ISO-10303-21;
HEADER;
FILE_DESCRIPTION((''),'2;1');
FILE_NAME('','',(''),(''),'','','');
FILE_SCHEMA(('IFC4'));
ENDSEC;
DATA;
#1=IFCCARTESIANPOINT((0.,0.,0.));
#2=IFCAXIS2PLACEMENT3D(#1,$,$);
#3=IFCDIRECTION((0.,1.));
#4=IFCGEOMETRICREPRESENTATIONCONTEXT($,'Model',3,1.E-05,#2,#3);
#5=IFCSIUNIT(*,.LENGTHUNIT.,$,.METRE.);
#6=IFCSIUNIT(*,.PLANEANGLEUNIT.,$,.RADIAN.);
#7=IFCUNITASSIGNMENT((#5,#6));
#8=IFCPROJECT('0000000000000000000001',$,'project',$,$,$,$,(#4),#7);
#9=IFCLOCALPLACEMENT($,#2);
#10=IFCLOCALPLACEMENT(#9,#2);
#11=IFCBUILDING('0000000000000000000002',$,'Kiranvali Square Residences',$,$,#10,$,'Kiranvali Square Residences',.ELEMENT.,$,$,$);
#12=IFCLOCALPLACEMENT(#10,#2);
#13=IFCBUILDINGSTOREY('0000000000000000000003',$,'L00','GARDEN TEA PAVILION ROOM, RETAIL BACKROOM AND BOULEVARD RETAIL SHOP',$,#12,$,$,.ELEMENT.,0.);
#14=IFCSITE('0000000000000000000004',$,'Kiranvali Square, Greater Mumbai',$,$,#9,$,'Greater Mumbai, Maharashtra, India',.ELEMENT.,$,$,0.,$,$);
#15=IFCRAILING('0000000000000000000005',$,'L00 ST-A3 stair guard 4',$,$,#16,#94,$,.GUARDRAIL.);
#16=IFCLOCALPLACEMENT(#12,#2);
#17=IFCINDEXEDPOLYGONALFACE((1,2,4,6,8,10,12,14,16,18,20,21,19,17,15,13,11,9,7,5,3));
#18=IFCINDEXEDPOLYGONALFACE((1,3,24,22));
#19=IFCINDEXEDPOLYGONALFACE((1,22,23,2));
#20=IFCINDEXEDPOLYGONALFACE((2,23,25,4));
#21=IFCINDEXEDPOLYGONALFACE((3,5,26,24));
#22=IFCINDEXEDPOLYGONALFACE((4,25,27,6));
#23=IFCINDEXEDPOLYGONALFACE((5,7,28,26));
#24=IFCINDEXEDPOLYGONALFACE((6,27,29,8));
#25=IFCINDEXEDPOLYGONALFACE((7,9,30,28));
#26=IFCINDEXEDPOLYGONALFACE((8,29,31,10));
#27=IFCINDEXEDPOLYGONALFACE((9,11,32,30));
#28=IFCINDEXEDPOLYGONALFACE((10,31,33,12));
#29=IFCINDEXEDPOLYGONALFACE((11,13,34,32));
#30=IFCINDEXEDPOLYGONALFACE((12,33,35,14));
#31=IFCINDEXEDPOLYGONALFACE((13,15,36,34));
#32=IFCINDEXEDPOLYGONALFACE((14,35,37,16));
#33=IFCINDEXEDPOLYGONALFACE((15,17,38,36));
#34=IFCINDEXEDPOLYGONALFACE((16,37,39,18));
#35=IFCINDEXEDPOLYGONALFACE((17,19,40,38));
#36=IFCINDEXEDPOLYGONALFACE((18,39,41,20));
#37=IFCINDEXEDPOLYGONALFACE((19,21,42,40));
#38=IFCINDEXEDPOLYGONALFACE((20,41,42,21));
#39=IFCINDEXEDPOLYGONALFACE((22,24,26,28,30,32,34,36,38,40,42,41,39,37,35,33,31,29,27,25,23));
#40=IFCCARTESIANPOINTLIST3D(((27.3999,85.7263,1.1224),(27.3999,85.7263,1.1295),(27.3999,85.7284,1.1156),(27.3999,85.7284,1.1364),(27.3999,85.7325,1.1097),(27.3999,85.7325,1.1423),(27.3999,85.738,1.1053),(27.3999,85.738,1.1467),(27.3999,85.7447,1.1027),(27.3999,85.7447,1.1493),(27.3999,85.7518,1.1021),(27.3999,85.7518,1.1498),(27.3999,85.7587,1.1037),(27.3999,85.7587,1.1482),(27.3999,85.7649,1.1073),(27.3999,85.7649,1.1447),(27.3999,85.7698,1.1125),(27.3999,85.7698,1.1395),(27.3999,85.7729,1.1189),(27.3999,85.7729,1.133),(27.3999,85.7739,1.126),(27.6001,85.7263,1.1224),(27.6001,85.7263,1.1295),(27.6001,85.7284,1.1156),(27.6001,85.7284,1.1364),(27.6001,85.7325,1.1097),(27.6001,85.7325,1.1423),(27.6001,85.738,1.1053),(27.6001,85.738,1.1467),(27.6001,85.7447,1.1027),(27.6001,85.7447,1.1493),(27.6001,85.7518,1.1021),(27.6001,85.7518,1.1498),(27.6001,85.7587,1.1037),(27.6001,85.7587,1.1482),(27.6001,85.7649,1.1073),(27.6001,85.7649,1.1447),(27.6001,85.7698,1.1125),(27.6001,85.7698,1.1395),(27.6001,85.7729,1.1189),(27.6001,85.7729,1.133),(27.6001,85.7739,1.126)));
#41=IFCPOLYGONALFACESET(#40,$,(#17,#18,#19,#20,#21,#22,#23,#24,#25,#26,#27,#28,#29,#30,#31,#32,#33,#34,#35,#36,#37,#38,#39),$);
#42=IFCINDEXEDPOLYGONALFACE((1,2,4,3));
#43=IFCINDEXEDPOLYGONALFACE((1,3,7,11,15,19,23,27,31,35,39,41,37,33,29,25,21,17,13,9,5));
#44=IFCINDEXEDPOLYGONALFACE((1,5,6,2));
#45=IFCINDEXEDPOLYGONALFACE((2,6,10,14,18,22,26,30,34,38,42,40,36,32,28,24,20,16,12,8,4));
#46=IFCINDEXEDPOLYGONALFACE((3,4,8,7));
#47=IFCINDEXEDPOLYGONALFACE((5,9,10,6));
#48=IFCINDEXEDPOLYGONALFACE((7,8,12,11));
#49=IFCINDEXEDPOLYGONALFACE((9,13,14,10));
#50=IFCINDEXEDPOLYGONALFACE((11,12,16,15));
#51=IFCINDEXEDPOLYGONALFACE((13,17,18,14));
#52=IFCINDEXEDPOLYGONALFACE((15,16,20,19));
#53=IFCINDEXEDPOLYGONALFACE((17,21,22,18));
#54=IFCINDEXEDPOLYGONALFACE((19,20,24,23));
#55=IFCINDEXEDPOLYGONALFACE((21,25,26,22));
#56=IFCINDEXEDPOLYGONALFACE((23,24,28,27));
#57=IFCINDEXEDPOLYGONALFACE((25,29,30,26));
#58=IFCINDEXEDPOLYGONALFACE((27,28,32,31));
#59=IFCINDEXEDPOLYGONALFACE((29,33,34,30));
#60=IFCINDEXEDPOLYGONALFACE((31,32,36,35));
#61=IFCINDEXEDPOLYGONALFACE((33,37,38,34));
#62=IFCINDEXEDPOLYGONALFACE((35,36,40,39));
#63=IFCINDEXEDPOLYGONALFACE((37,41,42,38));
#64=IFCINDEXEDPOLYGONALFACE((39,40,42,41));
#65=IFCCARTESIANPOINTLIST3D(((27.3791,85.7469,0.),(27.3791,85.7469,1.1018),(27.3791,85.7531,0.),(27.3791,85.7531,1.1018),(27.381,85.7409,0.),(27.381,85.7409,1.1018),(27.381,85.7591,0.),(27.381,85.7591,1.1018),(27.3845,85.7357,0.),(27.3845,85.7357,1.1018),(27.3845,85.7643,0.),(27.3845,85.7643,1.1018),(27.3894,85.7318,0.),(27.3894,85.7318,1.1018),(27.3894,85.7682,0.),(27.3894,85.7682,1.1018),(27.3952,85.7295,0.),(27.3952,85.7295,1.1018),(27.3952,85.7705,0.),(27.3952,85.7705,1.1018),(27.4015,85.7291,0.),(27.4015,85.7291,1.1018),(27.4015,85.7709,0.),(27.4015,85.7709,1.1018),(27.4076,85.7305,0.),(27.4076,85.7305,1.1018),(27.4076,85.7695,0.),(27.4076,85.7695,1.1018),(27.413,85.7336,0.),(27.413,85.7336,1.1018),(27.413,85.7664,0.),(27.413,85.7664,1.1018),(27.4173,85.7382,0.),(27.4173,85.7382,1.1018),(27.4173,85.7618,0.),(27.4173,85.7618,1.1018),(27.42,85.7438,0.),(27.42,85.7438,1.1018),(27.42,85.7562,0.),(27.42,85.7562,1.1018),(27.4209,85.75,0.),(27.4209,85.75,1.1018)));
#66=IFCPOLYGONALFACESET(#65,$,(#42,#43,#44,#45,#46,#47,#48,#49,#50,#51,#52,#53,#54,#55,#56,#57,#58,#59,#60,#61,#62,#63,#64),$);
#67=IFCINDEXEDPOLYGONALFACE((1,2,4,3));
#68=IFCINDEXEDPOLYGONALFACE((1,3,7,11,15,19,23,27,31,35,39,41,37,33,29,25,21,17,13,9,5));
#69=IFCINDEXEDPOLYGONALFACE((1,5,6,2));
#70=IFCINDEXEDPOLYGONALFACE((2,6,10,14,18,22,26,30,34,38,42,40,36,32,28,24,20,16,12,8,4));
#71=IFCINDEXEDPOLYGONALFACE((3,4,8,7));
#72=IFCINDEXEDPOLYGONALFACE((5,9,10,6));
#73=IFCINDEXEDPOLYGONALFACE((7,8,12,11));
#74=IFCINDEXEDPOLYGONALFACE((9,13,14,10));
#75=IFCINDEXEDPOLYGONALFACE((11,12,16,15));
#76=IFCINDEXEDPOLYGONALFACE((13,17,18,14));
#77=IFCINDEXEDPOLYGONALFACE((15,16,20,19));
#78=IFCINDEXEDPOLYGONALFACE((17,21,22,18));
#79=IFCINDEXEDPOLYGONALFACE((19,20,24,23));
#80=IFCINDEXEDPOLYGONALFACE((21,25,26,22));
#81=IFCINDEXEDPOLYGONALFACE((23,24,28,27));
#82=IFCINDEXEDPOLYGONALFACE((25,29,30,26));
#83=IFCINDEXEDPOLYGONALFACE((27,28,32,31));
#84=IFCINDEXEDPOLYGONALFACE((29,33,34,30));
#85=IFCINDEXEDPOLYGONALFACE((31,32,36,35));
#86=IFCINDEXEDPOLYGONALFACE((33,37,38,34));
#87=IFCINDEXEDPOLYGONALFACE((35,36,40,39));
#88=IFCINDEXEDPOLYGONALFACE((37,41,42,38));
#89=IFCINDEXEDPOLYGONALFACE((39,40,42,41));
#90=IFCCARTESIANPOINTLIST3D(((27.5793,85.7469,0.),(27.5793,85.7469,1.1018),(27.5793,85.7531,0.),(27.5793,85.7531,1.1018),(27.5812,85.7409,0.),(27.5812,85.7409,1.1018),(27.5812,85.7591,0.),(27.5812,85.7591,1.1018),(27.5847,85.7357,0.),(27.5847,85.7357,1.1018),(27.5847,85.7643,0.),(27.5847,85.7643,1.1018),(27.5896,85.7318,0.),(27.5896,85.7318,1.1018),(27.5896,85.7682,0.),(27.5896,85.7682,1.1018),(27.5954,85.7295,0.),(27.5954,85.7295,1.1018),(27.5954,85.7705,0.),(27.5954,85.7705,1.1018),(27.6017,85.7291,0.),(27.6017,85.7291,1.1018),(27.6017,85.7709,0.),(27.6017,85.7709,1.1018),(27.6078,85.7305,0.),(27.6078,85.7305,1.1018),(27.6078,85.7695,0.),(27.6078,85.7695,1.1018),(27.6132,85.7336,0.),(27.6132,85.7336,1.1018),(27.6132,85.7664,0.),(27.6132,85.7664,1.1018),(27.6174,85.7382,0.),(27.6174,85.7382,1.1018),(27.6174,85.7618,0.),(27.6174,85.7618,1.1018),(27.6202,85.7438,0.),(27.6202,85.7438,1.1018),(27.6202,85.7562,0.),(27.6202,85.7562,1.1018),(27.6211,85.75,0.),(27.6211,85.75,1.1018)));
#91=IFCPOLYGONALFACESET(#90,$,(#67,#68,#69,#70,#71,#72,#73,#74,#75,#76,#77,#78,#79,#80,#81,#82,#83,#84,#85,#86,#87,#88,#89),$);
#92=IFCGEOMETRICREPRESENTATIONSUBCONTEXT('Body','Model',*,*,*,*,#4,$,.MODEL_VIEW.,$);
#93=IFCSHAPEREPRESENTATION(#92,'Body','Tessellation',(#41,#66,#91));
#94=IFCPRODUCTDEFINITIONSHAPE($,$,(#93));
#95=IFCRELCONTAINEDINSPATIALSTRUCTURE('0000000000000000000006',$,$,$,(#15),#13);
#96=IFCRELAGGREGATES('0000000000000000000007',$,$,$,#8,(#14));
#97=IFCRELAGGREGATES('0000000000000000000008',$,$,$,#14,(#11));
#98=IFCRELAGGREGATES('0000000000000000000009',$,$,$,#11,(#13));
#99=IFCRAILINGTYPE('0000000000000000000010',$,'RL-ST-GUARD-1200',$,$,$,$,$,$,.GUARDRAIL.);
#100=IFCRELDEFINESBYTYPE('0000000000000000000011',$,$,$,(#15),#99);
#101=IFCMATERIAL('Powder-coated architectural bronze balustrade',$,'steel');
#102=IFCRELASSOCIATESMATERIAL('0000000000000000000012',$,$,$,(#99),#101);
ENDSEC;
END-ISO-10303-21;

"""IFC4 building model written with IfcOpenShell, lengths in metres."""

from ifc_helpers import new_model, si_unit, direction, frame, origin, origin_2d, place, context, subcontext, project, spatial, circle, extrude, material, type_object, element, save


model = new_model("IFC4")

# Units and contexts
model_context = context("Model", 3, precision=1e-05, world=origin(), true_north=direction((0.0, 1.0)))
body_context = subcontext(model_context, "Body", "Model", "MODEL_VIEW")
ifc_project = project(units=[si_unit("LENGTHUNIT", "METRE"), si_unit("PLANEANGLEUNIT", "RADIAN")], contexts=[model_context])

# Site, building, storey
site_placement = place(None, origin())
site = spatial("IfcSite", under=ifc_project, at=site_placement, Name="Kiranvali Square, Greater Mumbai", LongName="Greater Mumbai, Maharashtra, India", CompositionType="ELEMENT", RefElevation=0.0)
building_placement = place(site_placement, origin())
building = spatial("IfcBuilding", under=site, at=building_placement, Name="Kiranvali Square Residences", LongName="Kiranvali Square Residences", CompositionType="ELEMENT")
storey_placement = place(building_placement, origin())
storey = spatial("IfcBuildingStorey", under=building, at=storey_placement, Name="L00", Description="GARDEN TEA PAVILION ROOM, RETAIL BACKROOM AND BOULEVARD RETAIL SHOP", CompositionType="ELEMENT", Elevation=0.0)

# Railing
ifc_material_1 = material(Name="Powder-coated architectural bronze balustrade", Category="steel")
railing_type_1 = type_object("IfcRailingType", Name="RL-ST-GUARD-1200", PredefinedType="GUARDRAIL", material=ifc_material_1)
railing_1_placement = place(storey_placement, frame((27.3999, 85.75, 0.0)))
element("IfcRailing", 1, at=railing_1_placement, inside=storey, type_object=railing_type_1, Name="L00 ST-A3 stair guard 4", PredefinedType="GUARDRAIL", context=body_context, shape_type="SweptSolid", body=[
    extrude(circle(Radius=0.0239, at=origin_2d()), frame((0.0, 0.0, 1.126), z_axis=(1.0, 0.0, 0.0), x_axis=(0.0, 1.0, 0.0)), (0.0, 0.0, 1.0), 0.2002),
    extrude(circle(Radius=0.021, at=origin_2d()), origin(), (0.0, 0.0, 1.0), 1.1018),
    extrude(circle(Radius=0.021, at=origin_2d()), frame((0.2002, 0.0, 0.0)), (0.0, 0.0, 1.0), 1.1018),
])

save(model, "model.ifc")
